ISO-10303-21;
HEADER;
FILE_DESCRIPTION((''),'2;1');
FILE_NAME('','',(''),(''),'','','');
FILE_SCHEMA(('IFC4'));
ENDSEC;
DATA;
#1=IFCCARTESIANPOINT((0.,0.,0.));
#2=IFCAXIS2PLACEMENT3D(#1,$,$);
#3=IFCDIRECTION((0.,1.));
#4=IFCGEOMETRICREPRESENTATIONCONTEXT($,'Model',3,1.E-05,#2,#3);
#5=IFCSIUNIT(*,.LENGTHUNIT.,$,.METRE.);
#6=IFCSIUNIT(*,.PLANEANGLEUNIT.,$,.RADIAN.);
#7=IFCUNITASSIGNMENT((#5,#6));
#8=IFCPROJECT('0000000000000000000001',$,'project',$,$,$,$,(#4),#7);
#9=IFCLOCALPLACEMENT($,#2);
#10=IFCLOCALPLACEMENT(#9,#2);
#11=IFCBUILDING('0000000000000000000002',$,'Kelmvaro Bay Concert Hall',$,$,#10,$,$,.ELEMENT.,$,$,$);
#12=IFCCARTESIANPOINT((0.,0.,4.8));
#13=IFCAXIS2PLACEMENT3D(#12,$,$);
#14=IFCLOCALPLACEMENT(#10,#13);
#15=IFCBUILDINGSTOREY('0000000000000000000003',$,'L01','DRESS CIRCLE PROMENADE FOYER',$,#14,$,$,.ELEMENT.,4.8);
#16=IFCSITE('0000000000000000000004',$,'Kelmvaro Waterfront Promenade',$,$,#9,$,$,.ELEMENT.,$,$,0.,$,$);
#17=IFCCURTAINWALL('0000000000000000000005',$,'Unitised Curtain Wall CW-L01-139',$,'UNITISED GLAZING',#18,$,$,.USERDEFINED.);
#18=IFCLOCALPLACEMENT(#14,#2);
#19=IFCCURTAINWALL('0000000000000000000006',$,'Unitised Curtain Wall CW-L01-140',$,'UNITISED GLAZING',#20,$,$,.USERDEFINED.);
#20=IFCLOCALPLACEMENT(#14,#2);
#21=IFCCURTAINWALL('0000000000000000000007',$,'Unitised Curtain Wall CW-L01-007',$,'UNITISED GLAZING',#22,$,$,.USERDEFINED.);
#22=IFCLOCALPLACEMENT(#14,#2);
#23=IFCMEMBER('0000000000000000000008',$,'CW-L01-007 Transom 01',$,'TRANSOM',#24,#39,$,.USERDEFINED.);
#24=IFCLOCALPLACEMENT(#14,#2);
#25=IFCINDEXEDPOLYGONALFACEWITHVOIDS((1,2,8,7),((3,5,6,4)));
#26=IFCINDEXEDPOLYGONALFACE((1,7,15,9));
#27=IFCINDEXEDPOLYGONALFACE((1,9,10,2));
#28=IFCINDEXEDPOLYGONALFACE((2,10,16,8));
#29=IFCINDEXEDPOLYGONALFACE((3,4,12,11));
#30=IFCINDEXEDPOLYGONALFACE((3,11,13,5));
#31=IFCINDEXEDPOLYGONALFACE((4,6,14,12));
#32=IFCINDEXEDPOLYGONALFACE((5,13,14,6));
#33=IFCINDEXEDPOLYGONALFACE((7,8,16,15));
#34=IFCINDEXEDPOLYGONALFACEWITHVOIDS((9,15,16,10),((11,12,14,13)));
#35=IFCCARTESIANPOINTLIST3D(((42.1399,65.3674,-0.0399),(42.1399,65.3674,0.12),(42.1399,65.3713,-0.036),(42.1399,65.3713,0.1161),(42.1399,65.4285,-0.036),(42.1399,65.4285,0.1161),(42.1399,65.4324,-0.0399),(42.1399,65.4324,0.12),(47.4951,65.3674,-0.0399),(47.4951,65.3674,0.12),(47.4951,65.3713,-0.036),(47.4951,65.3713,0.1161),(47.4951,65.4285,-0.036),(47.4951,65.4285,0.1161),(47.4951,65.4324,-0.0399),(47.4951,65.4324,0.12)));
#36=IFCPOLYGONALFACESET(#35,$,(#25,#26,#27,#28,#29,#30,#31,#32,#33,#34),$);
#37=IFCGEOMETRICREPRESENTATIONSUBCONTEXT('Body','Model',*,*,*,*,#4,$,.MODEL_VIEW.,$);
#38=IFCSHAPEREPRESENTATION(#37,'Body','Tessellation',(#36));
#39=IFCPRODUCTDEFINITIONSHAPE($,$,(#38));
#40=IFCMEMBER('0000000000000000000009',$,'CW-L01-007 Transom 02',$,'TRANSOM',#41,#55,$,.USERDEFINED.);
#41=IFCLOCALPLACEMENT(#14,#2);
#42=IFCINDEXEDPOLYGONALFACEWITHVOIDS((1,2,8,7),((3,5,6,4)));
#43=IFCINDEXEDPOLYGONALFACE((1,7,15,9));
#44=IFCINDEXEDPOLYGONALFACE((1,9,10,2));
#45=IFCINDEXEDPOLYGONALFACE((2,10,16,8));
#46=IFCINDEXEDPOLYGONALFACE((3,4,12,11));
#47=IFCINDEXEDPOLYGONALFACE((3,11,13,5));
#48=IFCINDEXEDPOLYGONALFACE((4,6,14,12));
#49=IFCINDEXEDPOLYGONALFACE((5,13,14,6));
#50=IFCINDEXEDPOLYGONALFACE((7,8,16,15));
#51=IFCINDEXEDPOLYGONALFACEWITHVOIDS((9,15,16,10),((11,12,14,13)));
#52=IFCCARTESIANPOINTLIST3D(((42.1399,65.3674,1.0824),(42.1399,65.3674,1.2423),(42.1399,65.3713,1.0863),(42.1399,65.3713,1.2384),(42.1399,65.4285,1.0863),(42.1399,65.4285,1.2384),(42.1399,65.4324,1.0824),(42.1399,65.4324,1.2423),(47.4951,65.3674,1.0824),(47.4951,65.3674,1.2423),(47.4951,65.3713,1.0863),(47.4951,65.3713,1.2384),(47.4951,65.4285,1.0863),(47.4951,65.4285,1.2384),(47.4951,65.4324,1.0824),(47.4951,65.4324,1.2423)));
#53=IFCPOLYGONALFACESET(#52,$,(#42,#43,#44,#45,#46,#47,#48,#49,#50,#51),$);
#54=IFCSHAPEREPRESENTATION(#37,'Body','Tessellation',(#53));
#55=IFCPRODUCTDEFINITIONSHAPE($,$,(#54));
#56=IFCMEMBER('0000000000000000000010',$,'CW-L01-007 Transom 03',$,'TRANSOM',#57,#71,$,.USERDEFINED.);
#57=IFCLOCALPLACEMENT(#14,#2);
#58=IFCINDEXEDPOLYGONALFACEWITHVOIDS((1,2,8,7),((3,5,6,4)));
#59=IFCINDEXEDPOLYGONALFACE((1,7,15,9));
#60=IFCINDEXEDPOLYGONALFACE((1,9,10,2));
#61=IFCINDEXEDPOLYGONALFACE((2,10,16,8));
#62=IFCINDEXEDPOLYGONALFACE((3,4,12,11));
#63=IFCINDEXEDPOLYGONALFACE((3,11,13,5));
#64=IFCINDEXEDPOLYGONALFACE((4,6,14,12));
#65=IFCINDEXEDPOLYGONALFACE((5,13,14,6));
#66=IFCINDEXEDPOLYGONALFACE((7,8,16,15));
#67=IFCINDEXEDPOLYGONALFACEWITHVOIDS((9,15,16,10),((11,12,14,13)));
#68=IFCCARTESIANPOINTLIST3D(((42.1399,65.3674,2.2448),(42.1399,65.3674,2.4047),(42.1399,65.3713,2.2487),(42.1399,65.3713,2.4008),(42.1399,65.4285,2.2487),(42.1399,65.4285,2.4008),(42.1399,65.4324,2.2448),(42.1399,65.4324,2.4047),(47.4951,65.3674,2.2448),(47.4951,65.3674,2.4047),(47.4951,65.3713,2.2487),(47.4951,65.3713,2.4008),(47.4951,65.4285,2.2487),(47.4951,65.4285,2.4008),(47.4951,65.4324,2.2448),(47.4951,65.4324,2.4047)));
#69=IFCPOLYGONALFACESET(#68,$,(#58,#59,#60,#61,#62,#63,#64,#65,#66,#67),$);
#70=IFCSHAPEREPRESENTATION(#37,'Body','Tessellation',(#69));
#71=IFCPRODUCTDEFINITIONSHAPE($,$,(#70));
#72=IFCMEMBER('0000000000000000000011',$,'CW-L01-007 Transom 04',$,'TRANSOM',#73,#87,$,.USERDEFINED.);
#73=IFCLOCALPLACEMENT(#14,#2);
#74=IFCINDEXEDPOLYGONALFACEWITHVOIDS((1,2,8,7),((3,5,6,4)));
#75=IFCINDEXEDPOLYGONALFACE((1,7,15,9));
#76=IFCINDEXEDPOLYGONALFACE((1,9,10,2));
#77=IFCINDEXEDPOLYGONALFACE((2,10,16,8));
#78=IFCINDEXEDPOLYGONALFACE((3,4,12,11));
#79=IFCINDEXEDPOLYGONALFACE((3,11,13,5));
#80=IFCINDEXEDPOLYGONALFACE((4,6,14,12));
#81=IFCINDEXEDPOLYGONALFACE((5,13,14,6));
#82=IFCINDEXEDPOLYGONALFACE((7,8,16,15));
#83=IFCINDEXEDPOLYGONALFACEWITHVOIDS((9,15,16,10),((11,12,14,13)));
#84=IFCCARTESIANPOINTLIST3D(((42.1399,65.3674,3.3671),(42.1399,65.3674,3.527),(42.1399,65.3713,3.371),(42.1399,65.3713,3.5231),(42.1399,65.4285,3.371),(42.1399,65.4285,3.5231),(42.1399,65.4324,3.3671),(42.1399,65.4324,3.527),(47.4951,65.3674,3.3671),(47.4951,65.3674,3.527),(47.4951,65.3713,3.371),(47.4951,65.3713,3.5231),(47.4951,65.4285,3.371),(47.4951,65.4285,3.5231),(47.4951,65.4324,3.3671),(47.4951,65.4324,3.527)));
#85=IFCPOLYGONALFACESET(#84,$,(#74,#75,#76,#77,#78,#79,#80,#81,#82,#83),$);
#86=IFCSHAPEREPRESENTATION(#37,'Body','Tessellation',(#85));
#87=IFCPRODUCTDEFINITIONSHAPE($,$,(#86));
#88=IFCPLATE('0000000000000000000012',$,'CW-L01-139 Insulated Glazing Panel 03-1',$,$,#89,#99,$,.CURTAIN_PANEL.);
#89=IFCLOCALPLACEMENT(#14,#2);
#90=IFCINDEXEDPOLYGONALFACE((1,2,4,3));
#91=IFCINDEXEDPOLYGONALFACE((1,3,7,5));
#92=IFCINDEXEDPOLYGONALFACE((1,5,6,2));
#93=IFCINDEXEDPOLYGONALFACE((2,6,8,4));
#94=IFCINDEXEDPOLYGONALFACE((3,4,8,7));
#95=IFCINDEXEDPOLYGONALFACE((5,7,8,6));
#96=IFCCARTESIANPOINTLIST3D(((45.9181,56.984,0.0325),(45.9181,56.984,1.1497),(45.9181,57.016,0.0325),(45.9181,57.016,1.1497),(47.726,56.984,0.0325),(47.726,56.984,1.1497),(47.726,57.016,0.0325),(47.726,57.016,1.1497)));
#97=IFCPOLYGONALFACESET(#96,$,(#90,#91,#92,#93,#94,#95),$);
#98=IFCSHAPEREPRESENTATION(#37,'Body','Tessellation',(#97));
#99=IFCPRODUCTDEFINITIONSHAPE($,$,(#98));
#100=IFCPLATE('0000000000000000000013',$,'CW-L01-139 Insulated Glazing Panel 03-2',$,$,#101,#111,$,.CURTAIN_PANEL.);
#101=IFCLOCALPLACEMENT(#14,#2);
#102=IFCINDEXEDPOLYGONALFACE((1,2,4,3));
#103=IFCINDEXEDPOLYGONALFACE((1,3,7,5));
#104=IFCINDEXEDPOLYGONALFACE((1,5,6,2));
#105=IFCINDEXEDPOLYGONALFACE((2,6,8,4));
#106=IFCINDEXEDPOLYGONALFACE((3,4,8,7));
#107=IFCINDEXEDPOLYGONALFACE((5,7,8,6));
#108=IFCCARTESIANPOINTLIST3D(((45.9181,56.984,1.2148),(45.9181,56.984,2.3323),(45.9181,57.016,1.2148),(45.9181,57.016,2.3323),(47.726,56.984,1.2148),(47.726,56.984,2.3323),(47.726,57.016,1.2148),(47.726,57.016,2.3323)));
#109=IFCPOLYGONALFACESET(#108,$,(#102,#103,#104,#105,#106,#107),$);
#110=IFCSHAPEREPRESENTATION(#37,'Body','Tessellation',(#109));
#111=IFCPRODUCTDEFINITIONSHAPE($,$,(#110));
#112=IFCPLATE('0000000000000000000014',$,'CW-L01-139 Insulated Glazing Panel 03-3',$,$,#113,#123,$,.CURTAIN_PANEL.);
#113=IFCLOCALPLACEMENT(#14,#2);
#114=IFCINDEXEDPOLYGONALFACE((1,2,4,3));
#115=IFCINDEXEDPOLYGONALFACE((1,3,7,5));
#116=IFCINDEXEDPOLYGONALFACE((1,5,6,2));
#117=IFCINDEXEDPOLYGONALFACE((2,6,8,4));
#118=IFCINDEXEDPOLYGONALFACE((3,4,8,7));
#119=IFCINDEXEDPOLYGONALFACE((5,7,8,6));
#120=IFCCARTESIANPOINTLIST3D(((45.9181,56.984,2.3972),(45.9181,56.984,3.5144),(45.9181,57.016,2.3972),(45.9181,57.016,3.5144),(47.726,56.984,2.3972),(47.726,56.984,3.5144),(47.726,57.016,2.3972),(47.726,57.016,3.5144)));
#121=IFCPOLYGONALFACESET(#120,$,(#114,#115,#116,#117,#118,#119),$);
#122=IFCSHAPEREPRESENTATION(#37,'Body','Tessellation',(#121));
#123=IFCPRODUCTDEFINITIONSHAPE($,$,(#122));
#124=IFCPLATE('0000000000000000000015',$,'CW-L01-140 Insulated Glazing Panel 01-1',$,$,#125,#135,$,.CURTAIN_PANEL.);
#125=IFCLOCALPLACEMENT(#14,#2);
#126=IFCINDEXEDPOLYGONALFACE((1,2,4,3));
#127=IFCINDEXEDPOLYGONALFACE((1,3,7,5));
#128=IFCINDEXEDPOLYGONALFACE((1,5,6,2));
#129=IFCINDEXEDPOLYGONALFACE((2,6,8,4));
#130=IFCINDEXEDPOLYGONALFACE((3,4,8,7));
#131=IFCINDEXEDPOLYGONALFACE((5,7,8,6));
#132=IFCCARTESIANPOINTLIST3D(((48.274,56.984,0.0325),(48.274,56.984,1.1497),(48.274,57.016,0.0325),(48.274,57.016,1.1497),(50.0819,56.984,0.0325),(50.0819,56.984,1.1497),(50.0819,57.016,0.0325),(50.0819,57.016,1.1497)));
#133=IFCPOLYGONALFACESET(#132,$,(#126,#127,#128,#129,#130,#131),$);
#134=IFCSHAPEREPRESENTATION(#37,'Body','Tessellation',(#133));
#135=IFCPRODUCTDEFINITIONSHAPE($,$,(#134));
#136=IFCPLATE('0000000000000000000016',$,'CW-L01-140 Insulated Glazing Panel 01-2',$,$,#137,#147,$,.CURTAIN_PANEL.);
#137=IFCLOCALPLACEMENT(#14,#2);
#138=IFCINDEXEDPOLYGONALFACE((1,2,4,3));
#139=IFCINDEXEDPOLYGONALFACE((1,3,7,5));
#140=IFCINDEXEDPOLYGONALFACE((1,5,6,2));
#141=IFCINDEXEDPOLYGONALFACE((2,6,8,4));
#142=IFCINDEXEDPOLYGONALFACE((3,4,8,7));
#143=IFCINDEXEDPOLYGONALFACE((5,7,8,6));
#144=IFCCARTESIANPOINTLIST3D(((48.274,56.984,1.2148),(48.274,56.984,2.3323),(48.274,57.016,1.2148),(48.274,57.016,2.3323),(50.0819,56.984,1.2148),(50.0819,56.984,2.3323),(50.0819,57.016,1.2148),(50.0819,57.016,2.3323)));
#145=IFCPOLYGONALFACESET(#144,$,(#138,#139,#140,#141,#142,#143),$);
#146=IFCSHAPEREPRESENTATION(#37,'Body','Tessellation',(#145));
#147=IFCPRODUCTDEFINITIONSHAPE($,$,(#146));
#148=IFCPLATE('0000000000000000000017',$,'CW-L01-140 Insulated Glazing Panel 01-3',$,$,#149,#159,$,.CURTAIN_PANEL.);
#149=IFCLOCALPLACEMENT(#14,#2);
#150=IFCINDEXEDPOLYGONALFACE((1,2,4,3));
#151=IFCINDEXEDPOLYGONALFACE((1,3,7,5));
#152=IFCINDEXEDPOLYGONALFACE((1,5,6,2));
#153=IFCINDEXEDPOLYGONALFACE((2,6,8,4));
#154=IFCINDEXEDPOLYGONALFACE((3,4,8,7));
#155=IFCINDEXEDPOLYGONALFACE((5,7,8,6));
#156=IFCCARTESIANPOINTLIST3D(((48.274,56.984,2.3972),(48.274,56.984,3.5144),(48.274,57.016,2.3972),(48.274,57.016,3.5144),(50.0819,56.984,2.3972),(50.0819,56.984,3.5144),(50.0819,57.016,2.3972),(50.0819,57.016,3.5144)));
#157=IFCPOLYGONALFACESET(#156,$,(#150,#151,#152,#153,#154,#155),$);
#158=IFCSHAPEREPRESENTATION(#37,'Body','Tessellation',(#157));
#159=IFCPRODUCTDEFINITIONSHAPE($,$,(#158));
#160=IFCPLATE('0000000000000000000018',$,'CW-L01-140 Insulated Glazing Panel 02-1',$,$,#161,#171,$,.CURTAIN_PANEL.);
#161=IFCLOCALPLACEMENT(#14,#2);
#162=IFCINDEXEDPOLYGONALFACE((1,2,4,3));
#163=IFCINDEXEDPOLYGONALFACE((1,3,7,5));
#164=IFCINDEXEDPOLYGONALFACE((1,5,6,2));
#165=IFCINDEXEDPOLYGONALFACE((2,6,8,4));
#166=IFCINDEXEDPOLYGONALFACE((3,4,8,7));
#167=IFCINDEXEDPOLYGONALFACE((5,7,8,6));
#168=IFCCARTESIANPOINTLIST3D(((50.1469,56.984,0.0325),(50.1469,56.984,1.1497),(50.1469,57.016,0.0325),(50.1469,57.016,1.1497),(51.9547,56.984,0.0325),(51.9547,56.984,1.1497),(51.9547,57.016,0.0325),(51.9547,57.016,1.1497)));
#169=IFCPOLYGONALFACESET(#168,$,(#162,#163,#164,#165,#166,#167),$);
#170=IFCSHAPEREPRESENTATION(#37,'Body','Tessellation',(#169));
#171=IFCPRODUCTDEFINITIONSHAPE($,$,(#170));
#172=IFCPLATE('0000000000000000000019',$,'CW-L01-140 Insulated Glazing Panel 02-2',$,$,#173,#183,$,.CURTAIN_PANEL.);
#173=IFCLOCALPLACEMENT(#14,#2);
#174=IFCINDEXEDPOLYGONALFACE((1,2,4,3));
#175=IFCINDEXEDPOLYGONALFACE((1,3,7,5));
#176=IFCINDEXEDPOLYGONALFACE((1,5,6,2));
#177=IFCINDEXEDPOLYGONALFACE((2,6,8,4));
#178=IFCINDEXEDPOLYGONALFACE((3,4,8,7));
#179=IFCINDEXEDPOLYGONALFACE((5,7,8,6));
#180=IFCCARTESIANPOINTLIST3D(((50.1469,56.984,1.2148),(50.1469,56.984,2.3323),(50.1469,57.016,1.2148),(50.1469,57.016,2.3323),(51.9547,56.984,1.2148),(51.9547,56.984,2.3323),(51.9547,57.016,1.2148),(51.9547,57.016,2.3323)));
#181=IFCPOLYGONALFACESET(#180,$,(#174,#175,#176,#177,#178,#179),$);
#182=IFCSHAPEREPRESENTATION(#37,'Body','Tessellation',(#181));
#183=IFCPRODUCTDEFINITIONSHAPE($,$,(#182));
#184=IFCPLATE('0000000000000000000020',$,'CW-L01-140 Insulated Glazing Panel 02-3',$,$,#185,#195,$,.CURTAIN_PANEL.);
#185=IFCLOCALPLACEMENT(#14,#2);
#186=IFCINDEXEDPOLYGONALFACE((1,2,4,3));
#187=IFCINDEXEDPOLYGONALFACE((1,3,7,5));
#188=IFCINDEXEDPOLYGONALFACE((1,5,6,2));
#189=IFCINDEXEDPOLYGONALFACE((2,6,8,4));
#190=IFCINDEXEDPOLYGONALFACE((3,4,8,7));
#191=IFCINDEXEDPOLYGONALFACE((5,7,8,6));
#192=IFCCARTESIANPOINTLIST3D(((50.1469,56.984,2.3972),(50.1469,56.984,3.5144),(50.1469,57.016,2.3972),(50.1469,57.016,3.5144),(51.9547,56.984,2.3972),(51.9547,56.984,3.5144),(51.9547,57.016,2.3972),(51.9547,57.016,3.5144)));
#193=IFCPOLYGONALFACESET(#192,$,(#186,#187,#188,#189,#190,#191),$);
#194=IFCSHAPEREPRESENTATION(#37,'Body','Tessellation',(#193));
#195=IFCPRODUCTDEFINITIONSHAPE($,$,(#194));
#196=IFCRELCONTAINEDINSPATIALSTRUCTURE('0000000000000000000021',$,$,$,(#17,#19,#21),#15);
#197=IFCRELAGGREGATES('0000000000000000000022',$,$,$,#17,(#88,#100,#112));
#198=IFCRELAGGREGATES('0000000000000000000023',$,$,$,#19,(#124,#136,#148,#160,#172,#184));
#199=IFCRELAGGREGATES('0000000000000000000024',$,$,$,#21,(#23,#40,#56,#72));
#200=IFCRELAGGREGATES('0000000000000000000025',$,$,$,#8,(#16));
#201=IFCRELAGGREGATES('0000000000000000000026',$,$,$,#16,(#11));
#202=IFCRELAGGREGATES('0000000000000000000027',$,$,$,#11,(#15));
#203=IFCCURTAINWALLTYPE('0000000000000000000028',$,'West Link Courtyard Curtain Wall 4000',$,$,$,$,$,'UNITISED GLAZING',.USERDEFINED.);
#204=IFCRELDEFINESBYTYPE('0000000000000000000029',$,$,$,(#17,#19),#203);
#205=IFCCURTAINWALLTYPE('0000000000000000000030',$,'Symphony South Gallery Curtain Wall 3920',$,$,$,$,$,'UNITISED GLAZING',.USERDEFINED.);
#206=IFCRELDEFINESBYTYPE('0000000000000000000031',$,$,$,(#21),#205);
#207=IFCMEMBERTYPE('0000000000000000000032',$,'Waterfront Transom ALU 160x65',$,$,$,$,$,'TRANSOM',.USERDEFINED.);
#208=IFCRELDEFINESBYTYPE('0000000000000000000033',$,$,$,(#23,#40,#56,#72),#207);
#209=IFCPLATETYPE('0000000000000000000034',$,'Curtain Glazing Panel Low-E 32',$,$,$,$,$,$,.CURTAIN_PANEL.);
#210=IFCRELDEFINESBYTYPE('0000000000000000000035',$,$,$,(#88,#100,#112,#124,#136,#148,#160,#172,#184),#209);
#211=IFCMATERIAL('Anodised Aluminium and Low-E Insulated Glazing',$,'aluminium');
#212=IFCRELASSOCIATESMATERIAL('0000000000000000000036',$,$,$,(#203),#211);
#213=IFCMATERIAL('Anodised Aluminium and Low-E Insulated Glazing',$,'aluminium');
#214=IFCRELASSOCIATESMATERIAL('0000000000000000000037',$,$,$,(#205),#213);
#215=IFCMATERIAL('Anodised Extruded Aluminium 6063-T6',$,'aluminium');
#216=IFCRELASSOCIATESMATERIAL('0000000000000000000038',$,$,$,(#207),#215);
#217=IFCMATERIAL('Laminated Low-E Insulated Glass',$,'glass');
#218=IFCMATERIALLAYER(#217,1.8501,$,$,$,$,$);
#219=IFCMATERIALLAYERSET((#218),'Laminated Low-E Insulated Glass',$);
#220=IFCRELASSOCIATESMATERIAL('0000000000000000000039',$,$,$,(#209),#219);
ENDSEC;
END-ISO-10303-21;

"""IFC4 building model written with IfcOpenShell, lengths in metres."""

from ifc_helpers import new_model, si_unit, direction, frame, origin, origin_2d, place, context, subcontext, project, spatial, rectangle, hollow_rectangle, extrude, material, layer, layer_set, material_profile, profile_set, type_object, element, aggregate, save


model = new_model("IFC4")

# Units and contexts
model_context = context("Model", 3, precision=1e-05, world=origin(), true_north=direction((0.0, 1.0)))
body_context = subcontext(model_context, "Body", "Model", "MODEL_VIEW")
ifc_project = project(units=[si_unit("LENGTHUNIT", "METRE"), si_unit("PLANEANGLEUNIT", "RADIAN")], contexts=[model_context])

# Site, building, storey
site_placement = place(None, origin())
site = spatial("IfcSite", under=ifc_project, at=site_placement, Name="Kelmvaro Waterfront Promenade", CompositionType="ELEMENT", RefElevation=0.0)
building_placement = place(site_placement, origin())
building = spatial("IfcBuilding", under=site, at=building_placement, Name="Kelmvaro Bay Concert Hall", CompositionType="ELEMENT")
storey_placement = place(building_placement, frame((0.0, 0.0, 4.8)))
storey = spatial("IfcBuildingStorey", under=building, at=storey_placement, Name="L01", Description="DRESS CIRCLE PROMENADE FOYER", CompositionType="ELEMENT", Elevation=4.8)

# Curtain wall
ifc_material_1 = material(Name="Anodised Aluminium and Low-E Insulated Glazing", Category="aluminium")
curtain_wall_type_1 = type_object("IfcCurtainWallType", Name="West Link Courtyard Curtain Wall 4000", ElementType="UNITISED GLAZING", PredefinedType="USERDEFINED", material=ifc_material_1)
curtain_wall_1_placement = place(storey_placement, origin())
curtain_wall_1 = element("IfcCurtainWall", 1, at=curtain_wall_1_placement, inside=storey, type_object=curtain_wall_type_1, Name="Unitised Curtain Wall CW-L01-139", ObjectType="UNITISED GLAZING", PredefinedType="USERDEFINED")

# Curtain wall
curtain_wall_2_placement = place(storey_placement, origin())
curtain_wall_2 = element("IfcCurtainWall", 2, at=curtain_wall_2_placement, inside=storey, type_object=curtain_wall_type_1, Name="Unitised Curtain Wall CW-L01-140", ObjectType="UNITISED GLAZING", PredefinedType="USERDEFINED")

# Curtain wall
ifc_material_2 = material(Name="Anodised Aluminium and Low-E Insulated Glazing", Category="aluminium")
curtain_wall_type_2 = type_object("IfcCurtainWallType", Name="Symphony South Gallery Curtain Wall 3920", ElementType="UNITISED GLAZING", PredefinedType="USERDEFINED", material=ifc_material_2)
curtain_wall_3_placement = place(storey_placement, origin())
curtain_wall_3 = element("IfcCurtainWall", 3, at=curtain_wall_3_placement, inside=storey, type_object=curtain_wall_type_2, Name="Unitised Curtain Wall CW-L01-007", ObjectType="UNITISED GLAZING", PredefinedType="USERDEFINED")

# Members
ifc_material_3 = material(Name="Anodised Extruded Aluminium 6063-T6", Category="aluminium")
ifc_material_profile_1 = material_profile(ifc_material_3, hollow_rectangle(XDim=0.0649, YDim=0.1599, WallThickness=0.0039, at=origin_2d()), Name="ALU-TRN-160X65")
ifc_profile_set_1 = profile_set([ifc_material_profile_1], Name="Anodised Extruded Aluminium 6063-T6")
member_type_1 = type_object("IfcMemberType", Name="Waterfront Transom ALU 160x65", ElementType="TRANSOM", PredefinedType="USERDEFINED", material=ifc_profile_set_1)
member_1_placement = place(storey_placement, frame((47.4951, 65.3999, 0.04), z_axis=(-1.0, 0.0, 0.0), x_axis=(0.0, -1.0, 0.0)))
member_1 = element("IfcMember", 4, at=member_1_placement, type_object=member_type_1, Name="CW-L01-007 Transom 01", ObjectType="TRANSOM", PredefinedType="USERDEFINED", context=body_context, shape_type="SweptSolid", body=[
    extrude(hollow_rectangle(XDim=0.0649, YDim=0.1599, WallThickness=0.0039, at=origin_2d()), origin(), (0.0, 0.0, 1.0), 5.3552),
])
member_2_placement = place(storey_placement, frame((47.4951, 65.3999, 1.1624), z_axis=(-1.0, 0.0, 0.0), x_axis=(0.0, -1.0, 0.0)))
member_2 = element("IfcMember", 5, at=member_2_placement, type_object=member_type_1, Name="CW-L01-007 Transom 02", ObjectType="TRANSOM", PredefinedType="USERDEFINED", context=body_context, shape_type="SweptSolid", body=[
    extrude(hollow_rectangle(XDim=0.0649, YDim=0.1599, WallThickness=0.0039, at=origin_2d()), origin(), (0.0, 0.0, 1.0), 5.3552),
])
member_3_placement = place(storey_placement, frame((47.4951, 65.3999, 2.3247), z_axis=(-1.0, 0.0, 0.0), x_axis=(0.0, -1.0, 0.0)))
member_3 = element("IfcMember", 6, at=member_3_placement, type_object=member_type_1, Name="CW-L01-007 Transom 03", ObjectType="TRANSOM", PredefinedType="USERDEFINED", context=body_context, shape_type="SweptSolid", body=[
    extrude(hollow_rectangle(XDim=0.0649, YDim=0.1599, WallThickness=0.0039, at=origin_2d()), origin(), (0.0, 0.0, 1.0), 5.3552),
])
member_4_placement = place(storey_placement, frame((47.4951, 65.3999, 3.447), z_axis=(-1.0, 0.0, 0.0), x_axis=(0.0, -1.0, 0.0)))
member_4 = element("IfcMember", 7, at=member_4_placement, type_object=member_type_1, Name="CW-L01-007 Transom 04", ObjectType="TRANSOM", PredefinedType="USERDEFINED", context=body_context, shape_type="SweptSolid", body=[
    extrude(hollow_rectangle(XDim=0.0649, YDim=0.1599, WallThickness=0.0039, at=origin_2d()), origin(), (0.0, 0.0, 1.0), 5.3552),
])

# Plates
ifc_material_4 = material(Name="Laminated Low-E Insulated Glass", Category="glass")
ifc_layer_1 = layer(ifc_material_4, 1.8501)
ifc_layer_set_1 = layer_set([ifc_layer_1], Name="Laminated Low-E Insulated Glass")
plate_type_1 = type_object("IfcPlateType", Name="Curtain Glazing Panel Low-E 32", PredefinedType="CURTAIN_PANEL", material=ifc_layer_set_1)
plate_1_placement = place(storey_placement, frame((46.822, 57.0, 0.0325), z_axis=(0.0, 0.0, 1.0), x_axis=(1.0, 0.0, 0.0)))
plate_1 = element("IfcPlate", 8, at=plate_1_placement, type_object=plate_type_1, Name="CW-L01-139 Insulated Glazing Panel 03-1", PredefinedType="CURTAIN_PANEL", context=body_context, shape_type="SweptSolid", body=[
    extrude(rectangle(XDim=1.8079, YDim=0.032, at=origin_2d()), origin(), (0.0, 0.0, 1.0), 1.1172),
])
plate_2_placement = place(storey_placement, frame((46.822, 57.0, 1.2148), z_axis=(0.0, 0.0, 1.0), x_axis=(1.0, 0.0, 0.0)))
plate_2 = element("IfcPlate", 9, at=plate_2_placement, type_object=plate_type_1, Name="CW-L01-139 Insulated Glazing Panel 03-2", PredefinedType="CURTAIN_PANEL", context=body_context, shape_type="SweptSolid", body=[
    extrude(rectangle(XDim=1.8079, YDim=0.032, at=origin_2d()), origin(), (0.0, 0.0, 1.0), 1.1174),
])
plate_3_placement = place(storey_placement, frame((46.822, 57.0, 2.3972), z_axis=(0.0, 0.0, 1.0), x_axis=(1.0, 0.0, 0.0)))
plate_3 = element("IfcPlate", 10, at=plate_3_placement, type_object=plate_type_1, Name="CW-L01-139 Insulated Glazing Panel 03-3", PredefinedType="CURTAIN_PANEL", context=body_context, shape_type="SweptSolid", body=[
    extrude(rectangle(XDim=1.8079, YDim=0.032, at=origin_2d()), origin(), (0.0, 0.0, 1.0), 1.1172),
])
aggregate(curtain_wall_1, [plate_1, plate_2, plate_3])
plate_4_placement = place(storey_placement, frame((49.178, 57.0, 0.0325), z_axis=(0.0, 0.0, 1.0), x_axis=(1.0, 0.0, 0.0)))
plate_4 = element("IfcPlate", 11, at=plate_4_placement, type_object=plate_type_1, Name="CW-L01-140 Insulated Glazing Panel 01-1", PredefinedType="CURTAIN_PANEL", context=body_context, shape_type="SweptSolid", body=[
    extrude(rectangle(XDim=1.8079, YDim=0.032, at=origin_2d()), origin(), (0.0, 0.0, 1.0), 1.1172),
])
plate_5_placement = place(storey_placement, frame((49.178, 57.0, 1.2148), z_axis=(0.0, 0.0, 1.0), x_axis=(1.0, 0.0, 0.0)))
plate_5 = element("IfcPlate", 12, at=plate_5_placement, type_object=plate_type_1, Name="CW-L01-140 Insulated Glazing Panel 01-2", PredefinedType="CURTAIN_PANEL", context=body_context, shape_type="SweptSolid", body=[
    extrude(rectangle(XDim=1.8079, YDim=0.032, at=origin_2d()), origin(), (0.0, 0.0, 1.0), 1.1174),
])
plate_6_placement = place(storey_placement, frame((49.178, 57.0, 2.3972), z_axis=(0.0, 0.0, 1.0), x_axis=(1.0, 0.0, 0.0)))
plate_6 = element("IfcPlate", 13, at=plate_6_placement, type_object=plate_type_1, Name="CW-L01-140 Insulated Glazing Panel 01-3", PredefinedType="CURTAIN_PANEL", context=body_context, shape_type="SweptSolid", body=[
    extrude(rectangle(XDim=1.8079, YDim=0.032, at=origin_2d()), origin(), (0.0, 0.0, 1.0), 1.1172),
])
plate_7_placement = place(storey_placement, frame((51.0508, 57.0, 0.0325), z_axis=(0.0, 0.0, 1.0), x_axis=(1.0, 0.0, 0.0)))
plate_7 = element("IfcPlate", 14, at=plate_7_placement, type_object=plate_type_1, Name="CW-L01-140 Insulated Glazing Panel 02-1", PredefinedType="CURTAIN_PANEL", context=body_context, shape_type="SweptSolid", body=[
    extrude(rectangle(XDim=1.8079, YDim=0.032, at=origin_2d()), origin(), (0.0, 0.0, 1.0), 1.1172),
])
plate_8_placement = place(storey_placement, frame((51.0508, 57.0, 1.2148), z_axis=(0.0, 0.0, 1.0), x_axis=(1.0, 0.0, 0.0)))
plate_8 = element("IfcPlate", 15, at=plate_8_placement, type_object=plate_type_1, Name="CW-L01-140 Insulated Glazing Panel 02-2", PredefinedType="CURTAIN_PANEL", context=body_context, shape_type="SweptSolid", body=[
    extrude(rectangle(XDim=1.8079, YDim=0.032, at=origin_2d()), origin(), (0.0, 0.0, 1.0), 1.1174),
])
plate_9_placement = place(storey_placement, frame((51.0508, 57.0, 2.3972), z_axis=(0.0, 0.0, 1.0), x_axis=(1.0, 0.0, 0.0)))
plate_9 = element("IfcPlate", 16, at=plate_9_placement, type_object=plate_type_1, Name="CW-L01-140 Insulated Glazing Panel 02-3", PredefinedType="CURTAIN_PANEL", context=body_context, shape_type="SweptSolid", body=[
    extrude(rectangle(XDim=1.8079, YDim=0.032, at=origin_2d()), origin(), (0.0, 0.0, 1.0), 1.1172),
])
aggregate(curtain_wall_2, [plate_4, plate_5, plate_6, plate_7, plate_8, plate_9])
aggregate(curtain_wall_3, [member_1, member_2, member_3, member_4])

save(model, "model.ifc")
